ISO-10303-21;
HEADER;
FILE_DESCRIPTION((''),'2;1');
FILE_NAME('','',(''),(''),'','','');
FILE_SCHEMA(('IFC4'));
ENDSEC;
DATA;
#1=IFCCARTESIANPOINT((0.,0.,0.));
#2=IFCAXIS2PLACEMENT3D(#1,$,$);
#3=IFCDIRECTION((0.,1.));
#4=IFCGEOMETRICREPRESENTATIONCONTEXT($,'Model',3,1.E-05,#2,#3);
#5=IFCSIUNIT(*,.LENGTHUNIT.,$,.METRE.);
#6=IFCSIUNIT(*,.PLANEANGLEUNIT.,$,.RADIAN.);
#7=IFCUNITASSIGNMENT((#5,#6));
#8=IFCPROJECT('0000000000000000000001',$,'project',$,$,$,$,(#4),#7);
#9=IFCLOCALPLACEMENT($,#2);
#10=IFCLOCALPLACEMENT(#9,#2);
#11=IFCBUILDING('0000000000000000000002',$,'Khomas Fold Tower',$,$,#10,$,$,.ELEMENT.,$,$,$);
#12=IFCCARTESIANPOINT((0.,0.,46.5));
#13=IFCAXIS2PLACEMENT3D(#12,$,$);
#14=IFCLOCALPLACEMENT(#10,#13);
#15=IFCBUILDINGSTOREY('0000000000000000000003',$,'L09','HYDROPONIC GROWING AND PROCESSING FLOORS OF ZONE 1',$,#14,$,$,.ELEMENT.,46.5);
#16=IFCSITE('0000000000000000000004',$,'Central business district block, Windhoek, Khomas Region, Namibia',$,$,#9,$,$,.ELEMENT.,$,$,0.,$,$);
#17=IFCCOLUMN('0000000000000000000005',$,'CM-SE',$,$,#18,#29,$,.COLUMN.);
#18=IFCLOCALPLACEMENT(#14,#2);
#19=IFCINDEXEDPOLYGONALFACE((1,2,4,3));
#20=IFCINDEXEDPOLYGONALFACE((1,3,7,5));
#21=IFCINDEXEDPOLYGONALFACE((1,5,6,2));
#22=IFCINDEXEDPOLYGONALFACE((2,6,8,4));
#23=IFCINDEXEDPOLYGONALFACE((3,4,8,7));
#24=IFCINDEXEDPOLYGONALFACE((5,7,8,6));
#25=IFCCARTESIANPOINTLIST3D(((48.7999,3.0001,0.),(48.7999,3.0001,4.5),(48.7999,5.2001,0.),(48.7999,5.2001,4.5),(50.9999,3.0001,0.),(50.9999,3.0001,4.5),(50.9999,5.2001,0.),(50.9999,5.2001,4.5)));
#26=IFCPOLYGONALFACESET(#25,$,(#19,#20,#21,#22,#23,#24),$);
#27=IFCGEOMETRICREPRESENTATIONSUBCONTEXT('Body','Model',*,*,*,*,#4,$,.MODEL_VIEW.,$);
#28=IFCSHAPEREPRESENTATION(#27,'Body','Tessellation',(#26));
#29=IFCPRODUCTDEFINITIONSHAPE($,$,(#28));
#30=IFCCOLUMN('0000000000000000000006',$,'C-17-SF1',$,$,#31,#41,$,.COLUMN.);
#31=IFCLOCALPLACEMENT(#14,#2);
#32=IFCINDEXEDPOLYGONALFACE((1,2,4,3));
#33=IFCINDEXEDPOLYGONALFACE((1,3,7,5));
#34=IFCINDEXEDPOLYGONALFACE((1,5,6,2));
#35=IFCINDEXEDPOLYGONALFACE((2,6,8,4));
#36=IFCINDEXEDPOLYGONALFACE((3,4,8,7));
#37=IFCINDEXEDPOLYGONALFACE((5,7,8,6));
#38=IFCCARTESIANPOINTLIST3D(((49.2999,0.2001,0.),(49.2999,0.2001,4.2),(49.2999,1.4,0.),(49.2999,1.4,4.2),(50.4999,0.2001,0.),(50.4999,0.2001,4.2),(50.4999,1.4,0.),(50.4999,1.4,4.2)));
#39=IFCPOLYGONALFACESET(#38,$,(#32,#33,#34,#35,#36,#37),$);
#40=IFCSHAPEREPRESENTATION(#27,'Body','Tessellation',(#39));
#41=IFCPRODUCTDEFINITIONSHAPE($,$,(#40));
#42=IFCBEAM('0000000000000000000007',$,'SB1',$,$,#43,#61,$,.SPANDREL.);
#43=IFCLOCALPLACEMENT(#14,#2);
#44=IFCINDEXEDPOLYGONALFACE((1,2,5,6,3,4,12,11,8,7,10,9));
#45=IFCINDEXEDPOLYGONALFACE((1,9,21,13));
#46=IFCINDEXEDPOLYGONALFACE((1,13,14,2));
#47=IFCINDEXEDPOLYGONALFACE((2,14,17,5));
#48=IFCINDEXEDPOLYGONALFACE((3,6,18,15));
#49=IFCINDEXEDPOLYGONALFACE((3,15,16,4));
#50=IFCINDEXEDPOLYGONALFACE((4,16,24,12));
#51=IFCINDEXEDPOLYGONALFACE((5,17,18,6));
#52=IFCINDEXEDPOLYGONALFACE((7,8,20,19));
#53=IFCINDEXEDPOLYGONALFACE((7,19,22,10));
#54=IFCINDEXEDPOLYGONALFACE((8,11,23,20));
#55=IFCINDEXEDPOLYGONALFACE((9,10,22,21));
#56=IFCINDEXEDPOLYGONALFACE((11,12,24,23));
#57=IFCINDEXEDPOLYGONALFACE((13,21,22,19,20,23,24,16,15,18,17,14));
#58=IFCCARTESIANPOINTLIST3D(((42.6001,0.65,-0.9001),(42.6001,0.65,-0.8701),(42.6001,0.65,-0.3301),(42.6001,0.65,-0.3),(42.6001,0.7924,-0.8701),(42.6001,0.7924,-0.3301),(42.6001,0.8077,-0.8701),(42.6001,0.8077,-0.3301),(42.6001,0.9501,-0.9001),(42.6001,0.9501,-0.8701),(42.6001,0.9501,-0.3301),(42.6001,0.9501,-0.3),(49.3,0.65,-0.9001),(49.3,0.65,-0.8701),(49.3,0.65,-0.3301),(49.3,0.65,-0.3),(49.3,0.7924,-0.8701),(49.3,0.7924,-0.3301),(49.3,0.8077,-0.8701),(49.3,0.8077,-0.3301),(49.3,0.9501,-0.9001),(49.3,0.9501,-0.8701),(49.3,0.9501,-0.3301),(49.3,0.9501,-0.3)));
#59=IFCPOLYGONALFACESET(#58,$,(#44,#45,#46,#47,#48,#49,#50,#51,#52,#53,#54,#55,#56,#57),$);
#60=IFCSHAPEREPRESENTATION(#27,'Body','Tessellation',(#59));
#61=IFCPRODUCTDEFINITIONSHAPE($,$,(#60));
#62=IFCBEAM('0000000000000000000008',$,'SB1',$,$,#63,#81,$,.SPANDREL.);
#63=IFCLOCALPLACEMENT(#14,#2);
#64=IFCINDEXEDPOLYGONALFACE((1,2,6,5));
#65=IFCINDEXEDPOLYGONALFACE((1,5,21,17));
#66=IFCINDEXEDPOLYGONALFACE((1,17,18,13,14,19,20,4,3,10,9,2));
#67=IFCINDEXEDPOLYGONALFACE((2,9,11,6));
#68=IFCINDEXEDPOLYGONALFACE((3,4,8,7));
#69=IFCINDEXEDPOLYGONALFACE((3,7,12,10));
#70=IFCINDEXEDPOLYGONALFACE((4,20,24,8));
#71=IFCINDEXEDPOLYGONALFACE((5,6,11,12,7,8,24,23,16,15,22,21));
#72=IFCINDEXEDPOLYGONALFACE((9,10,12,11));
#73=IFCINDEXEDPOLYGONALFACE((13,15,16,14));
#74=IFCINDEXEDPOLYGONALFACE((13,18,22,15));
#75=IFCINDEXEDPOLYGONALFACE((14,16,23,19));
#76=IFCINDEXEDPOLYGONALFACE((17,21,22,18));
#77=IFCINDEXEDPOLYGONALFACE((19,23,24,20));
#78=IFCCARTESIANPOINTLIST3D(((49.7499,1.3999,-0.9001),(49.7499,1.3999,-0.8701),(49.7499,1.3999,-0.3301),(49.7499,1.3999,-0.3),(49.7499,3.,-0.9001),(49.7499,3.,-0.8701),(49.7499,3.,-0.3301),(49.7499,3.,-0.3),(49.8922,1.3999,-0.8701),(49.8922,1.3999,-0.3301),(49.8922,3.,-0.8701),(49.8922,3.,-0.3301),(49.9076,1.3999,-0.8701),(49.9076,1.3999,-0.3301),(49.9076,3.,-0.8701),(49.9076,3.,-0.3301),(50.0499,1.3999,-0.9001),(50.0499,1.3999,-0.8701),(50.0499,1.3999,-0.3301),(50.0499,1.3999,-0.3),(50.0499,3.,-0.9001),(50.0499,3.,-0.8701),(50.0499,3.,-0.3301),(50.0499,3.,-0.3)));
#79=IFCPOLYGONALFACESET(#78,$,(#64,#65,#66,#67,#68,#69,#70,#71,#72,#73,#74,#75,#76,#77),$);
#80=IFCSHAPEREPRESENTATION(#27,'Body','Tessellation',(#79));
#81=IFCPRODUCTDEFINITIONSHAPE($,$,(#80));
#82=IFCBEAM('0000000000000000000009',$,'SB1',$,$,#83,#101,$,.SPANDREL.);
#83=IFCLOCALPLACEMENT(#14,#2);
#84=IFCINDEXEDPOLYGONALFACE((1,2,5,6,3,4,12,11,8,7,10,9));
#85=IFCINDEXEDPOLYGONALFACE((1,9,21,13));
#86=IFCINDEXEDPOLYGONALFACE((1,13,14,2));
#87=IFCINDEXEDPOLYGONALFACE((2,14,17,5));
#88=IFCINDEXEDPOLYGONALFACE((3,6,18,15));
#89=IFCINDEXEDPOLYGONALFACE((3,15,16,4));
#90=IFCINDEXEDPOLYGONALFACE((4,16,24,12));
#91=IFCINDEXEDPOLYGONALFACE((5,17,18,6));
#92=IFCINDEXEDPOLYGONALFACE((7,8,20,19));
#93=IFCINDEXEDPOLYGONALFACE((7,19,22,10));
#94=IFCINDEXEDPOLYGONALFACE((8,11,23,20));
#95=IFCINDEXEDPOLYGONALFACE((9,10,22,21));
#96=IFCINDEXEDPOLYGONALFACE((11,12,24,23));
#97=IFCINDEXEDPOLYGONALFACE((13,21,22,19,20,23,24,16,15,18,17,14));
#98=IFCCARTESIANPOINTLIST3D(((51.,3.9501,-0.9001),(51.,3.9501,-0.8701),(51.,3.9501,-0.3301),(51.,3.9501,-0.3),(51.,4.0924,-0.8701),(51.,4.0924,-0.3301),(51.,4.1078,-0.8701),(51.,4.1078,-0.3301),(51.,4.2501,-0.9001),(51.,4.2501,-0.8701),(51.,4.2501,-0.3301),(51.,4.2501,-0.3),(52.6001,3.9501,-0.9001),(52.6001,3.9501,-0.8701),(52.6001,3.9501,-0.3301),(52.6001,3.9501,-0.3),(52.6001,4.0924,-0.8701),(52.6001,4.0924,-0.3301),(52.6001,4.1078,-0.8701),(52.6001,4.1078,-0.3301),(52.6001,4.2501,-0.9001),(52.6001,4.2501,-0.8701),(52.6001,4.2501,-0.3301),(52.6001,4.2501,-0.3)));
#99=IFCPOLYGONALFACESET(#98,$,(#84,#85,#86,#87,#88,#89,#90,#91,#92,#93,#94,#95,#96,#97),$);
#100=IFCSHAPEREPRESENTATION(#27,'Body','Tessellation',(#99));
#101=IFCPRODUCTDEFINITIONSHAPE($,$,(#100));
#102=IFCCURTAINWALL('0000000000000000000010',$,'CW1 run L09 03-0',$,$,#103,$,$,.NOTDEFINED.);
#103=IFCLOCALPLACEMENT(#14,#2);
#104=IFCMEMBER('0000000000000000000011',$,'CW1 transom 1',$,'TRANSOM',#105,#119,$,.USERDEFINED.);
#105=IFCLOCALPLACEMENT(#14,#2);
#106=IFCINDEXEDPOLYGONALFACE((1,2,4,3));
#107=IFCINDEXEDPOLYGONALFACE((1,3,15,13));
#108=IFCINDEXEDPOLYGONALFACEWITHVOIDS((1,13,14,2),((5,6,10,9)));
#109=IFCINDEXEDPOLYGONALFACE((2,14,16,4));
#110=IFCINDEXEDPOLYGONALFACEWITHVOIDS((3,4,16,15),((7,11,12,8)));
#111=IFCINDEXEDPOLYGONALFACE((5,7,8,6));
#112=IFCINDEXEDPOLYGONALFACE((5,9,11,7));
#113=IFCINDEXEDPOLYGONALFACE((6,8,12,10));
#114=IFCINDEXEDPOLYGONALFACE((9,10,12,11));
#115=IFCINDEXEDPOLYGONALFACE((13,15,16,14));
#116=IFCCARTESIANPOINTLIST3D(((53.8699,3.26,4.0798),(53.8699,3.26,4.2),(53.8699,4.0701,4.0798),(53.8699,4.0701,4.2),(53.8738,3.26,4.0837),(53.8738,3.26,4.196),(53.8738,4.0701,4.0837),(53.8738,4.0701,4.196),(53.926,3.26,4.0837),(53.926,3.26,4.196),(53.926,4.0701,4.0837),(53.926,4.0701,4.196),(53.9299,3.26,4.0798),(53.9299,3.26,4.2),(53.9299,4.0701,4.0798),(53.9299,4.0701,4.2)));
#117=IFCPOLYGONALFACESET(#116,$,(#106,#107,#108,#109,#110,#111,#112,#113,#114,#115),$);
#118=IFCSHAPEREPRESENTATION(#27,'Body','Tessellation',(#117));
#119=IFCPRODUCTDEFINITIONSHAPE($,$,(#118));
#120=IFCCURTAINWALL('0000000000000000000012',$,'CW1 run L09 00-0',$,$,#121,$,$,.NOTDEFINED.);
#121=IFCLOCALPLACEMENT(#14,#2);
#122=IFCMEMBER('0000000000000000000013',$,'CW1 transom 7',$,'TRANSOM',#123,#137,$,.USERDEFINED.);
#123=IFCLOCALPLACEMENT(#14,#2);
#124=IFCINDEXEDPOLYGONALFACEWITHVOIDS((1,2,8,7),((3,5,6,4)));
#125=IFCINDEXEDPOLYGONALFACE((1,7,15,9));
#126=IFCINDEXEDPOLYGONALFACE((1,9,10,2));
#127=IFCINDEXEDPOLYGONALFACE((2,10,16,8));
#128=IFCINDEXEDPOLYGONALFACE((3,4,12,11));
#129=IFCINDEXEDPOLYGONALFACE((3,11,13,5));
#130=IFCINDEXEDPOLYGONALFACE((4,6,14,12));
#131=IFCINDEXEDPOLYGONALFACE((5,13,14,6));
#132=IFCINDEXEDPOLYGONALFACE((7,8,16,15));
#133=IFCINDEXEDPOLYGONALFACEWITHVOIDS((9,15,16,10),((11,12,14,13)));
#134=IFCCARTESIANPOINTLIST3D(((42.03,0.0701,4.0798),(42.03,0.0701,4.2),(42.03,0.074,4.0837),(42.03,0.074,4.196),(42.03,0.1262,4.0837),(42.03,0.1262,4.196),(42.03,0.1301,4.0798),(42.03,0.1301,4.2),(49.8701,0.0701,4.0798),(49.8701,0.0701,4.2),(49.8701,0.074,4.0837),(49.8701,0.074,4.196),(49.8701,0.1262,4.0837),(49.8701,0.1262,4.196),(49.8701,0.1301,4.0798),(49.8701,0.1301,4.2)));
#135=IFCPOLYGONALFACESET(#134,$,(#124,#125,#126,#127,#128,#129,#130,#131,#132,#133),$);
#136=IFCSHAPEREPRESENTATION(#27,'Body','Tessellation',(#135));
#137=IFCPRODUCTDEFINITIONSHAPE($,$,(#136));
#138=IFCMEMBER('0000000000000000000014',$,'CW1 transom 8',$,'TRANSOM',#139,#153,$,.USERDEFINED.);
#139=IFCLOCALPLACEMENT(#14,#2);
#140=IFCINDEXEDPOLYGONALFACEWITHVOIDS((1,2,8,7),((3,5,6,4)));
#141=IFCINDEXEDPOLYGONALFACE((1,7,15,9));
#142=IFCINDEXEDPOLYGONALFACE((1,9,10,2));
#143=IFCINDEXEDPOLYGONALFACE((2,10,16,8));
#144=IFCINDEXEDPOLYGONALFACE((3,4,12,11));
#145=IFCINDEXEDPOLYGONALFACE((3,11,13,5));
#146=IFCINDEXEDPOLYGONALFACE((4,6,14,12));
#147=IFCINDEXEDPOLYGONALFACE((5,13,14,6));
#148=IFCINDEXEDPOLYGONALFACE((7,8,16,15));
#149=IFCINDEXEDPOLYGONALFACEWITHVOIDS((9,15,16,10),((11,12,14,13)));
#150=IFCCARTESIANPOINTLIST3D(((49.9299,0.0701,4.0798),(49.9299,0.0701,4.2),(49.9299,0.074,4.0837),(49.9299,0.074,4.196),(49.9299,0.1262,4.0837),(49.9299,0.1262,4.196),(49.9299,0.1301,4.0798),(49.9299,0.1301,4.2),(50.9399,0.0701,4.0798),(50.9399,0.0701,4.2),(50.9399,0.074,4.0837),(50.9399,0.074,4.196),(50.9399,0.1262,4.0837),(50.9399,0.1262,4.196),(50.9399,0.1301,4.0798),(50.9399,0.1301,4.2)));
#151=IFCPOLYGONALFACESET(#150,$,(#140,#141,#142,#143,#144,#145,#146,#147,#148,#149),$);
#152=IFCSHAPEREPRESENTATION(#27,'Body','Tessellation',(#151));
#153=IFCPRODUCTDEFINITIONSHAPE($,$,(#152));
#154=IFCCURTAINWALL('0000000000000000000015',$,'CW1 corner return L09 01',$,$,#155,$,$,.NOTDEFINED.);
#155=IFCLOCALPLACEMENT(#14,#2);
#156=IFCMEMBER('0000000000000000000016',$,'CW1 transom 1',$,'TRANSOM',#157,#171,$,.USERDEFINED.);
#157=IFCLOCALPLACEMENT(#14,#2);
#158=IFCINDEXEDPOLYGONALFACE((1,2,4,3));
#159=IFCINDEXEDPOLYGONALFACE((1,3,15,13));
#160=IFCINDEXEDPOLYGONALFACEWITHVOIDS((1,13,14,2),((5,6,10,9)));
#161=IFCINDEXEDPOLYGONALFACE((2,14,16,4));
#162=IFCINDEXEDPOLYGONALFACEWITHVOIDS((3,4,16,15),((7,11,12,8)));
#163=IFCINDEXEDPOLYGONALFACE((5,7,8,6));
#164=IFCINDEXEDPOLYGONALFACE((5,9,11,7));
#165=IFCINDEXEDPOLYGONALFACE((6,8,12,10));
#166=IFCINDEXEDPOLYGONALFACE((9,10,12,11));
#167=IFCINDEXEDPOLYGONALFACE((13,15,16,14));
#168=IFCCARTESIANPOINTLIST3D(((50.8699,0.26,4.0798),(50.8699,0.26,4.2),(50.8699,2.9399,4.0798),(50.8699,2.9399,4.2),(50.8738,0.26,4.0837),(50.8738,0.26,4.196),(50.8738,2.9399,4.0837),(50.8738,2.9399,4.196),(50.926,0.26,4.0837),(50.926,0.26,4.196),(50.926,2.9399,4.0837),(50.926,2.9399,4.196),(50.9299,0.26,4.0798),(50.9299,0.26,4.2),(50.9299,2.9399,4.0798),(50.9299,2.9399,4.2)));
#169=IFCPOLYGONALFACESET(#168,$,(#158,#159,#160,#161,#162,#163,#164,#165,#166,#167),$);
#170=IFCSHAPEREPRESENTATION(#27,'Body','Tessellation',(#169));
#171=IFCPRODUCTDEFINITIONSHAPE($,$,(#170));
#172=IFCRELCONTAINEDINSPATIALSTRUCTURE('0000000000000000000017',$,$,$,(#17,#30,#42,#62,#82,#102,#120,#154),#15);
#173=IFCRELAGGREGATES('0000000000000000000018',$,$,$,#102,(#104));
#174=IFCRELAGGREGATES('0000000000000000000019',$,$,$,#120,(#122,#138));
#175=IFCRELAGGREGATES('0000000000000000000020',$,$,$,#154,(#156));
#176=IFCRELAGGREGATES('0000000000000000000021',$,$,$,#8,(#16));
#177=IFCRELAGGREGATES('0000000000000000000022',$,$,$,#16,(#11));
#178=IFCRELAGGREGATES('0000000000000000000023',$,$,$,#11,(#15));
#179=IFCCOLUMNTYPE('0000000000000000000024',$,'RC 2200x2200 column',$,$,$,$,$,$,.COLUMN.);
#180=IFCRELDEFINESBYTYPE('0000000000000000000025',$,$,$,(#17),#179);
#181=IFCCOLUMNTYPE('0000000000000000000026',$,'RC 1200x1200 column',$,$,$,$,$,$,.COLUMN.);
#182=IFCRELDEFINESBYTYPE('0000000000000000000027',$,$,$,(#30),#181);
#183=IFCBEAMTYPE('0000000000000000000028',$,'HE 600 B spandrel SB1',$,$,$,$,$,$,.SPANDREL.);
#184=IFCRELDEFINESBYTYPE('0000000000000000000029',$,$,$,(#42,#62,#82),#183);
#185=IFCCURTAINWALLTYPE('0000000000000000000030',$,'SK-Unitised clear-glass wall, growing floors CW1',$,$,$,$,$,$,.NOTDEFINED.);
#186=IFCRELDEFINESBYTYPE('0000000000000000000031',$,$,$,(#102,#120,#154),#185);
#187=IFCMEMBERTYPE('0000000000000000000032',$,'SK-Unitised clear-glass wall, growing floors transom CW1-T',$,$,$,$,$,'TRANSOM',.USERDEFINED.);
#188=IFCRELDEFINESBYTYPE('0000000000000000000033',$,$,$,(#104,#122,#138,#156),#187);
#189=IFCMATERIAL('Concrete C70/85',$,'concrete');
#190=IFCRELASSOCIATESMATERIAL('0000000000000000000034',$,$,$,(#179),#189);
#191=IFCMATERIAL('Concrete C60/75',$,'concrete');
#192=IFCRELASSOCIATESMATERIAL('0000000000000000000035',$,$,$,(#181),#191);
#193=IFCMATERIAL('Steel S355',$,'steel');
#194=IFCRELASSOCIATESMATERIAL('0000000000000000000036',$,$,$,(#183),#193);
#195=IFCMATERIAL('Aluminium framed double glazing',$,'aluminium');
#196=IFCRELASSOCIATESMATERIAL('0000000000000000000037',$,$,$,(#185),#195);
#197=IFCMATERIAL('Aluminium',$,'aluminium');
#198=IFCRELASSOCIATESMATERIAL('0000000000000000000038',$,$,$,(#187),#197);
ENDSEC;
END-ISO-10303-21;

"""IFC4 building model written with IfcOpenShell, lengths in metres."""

from ifc_helpers import new_model, si_unit, direction, frame, origin, origin_2d, place, context, subcontext, project, spatial, rectangle, hollow_rectangle, i_section, extrude, source, transform, mapped, material, material_profile, profile_set, type_object, element, aggregate, save


model = new_model("IFC4")

# Units and contexts
model_context = context("Model", 3, precision=1e-05, world=origin(), true_north=direction((0.0, 1.0)))
body_context = subcontext(model_context, "Body", "Model", "MODEL_VIEW")
ifc_project = project(units=[si_unit("LENGTHUNIT", "METRE"), si_unit("PLANEANGLEUNIT", "RADIAN")], contexts=[model_context])

# Site, building, storey
site_placement = place(None, origin())
site = spatial("IfcSite", under=ifc_project, at=site_placement, Name="Central business district block, Windhoek, Khomas Region, Namibia", CompositionType="ELEMENT", RefElevation=0.0)
building_placement = place(site_placement, origin())
building = spatial("IfcBuilding", under=site, at=building_placement, Name="Khomas Fold Tower", CompositionType="ELEMENT")
storey_placement = place(building_placement, frame((0.0, 0.0, 46.5)))
storey = spatial("IfcBuildingStorey", under=building, at=storey_placement, Name="L09", Description="HYDROPONIC GROWING AND PROCESSING FLOORS OF ZONE 1", CompositionType="ELEMENT", Elevation=46.5)

# Columns
ifc_material_1 = material(Name="Concrete C70/85", Category="concrete")
ifc_material_profile_1 = material_profile(ifc_material_1, rectangle(XDim=2.2, YDim=2.2, at=origin_2d()), Name="RC 2200x2200")
ifc_profile_set_1 = profile_set([ifc_material_profile_1], Name="Concrete C70/85")
column_type_1 = type_object("IfcColumnType", Name="RC 2200x2200 column", PredefinedType="COLUMN", material=ifc_profile_set_1)
shared_shape_1 = source(origin(), body_context, "Body", "SweptSolid", [
    extrude(rectangle(XDim=2.2, YDim=2.2, at=origin_2d()), origin(), (0.0, 0.0, 1.0), 4.5),
])
column_1_placement = place(storey_placement, frame((49.8999, 4.1001, 0.0), z_axis=(0.0, 0.0, 1.0), x_axis=(1.0, 0.0, 0.0)))
element("IfcColumn", 1, at=column_1_placement, inside=storey, type_object=column_type_1, Name="CM-SE", PredefinedType="COLUMN", context=body_context, shape_type="MappedRepresentation", body=[
    mapped(shared_shape_1, transform((0.0, 0.0, 0.0))),
])
ifc_material_2 = material(Name="Concrete C60/75", Category="concrete")
ifc_material_profile_2 = material_profile(ifc_material_2, rectangle(XDim=1.2, YDim=1.2, at=origin_2d()), Name="RC 1200x1200")
ifc_profile_set_2 = profile_set([ifc_material_profile_2], Name="Concrete C60/75")
column_type_2 = type_object("IfcColumnType", Name="RC 1200x1200 column", PredefinedType="COLUMN", material=ifc_profile_set_2)
shared_shape_2 = source(origin(), body_context, "Body", "SweptSolid", [
    extrude(rectangle(XDim=1.2, YDim=1.2, at=origin_2d()), origin(), (0.0, 0.0, 1.0), 4.2),
])
column_2_placement = place(storey_placement, frame((49.8999, 0.8, 0.0), z_axis=(0.0, 0.0, 1.0), x_axis=(1.0, 0.0, 0.0)))
element("IfcColumn", 2, at=column_2_placement, inside=storey, type_object=column_type_2, Name="C-17-SF1", PredefinedType="COLUMN", context=body_context, shape_type="MappedRepresentation", body=[
    mapped(shared_shape_2, transform((0.0, 0.0, 0.0))),
])

# Beams
ifc_material_3 = material(Name="Steel S355", Category="steel")
ifc_material_profile_3 = material_profile(ifc_material_3, i_section(OverallWidth=0.3, OverallDepth=0.6001, WebThickness=0.0154, FlangeThickness=0.03, at=origin_2d()), Name="HE 600 B")
ifc_profile_set_3 = profile_set([ifc_material_profile_3], Name="Steel S355")
beam_type = type_object("IfcBeamType", Name="HE 600 B spandrel SB1", PredefinedType="SPANDREL", material=ifc_profile_set_3)
shared_shape_3 = source(origin(), body_context, "Body", "SweptSolid", [
    extrude(i_section(OverallWidth=0.3, OverallDepth=0.6001, WebThickness=0.0154, FlangeThickness=0.03, at=origin_2d()), origin(), (0.0, 0.0, 1.0), 6.7),
])
beam_placement = place(storey_placement, frame((42.6001, 0.8, -0.6001), z_axis=(1.0, 0.0, 0.0), x_axis=(0.0, 1.0, 0.0)))
element("IfcBeam", 3, at=beam_placement, inside=storey, type_object=beam_type, Name="SB1", PredefinedType="SPANDREL", context=body_context, shape_type="MappedRepresentation", body=[
    mapped(shared_shape_3, transform((0.0, 0.0, 0.0))),
])
shared_shape_4 = source(origin(), body_context, "Body", "SweptSolid", [
    extrude(i_section(OverallWidth=0.3, OverallDepth=0.6001, WebThickness=0.0154, FlangeThickness=0.03, at=origin_2d()), origin(), (0.0, 0.0, 1.0), 1.6001),
])
for number, where, z_axis, x_axis, name in (
    (4, (49.8999, 1.3999, -0.6001), (0.0, 1.0, 0.0), (-1.0, 0.0, 0.0), "SB1"),
    (5, (51.0, 4.1001, -0.6001), (1.0, 0.0, 0.0), (0.0, 1.0, 0.0), "SB1"),
):
    element("IfcBeam", number, at=place(storey_placement, frame(where, z_axis=z_axis, x_axis=x_axis)), inside=storey, type_object=beam_type, Name=name, PredefinedType="SPANDREL", context=body_context, shape_type="MappedRepresentation", body=[
        mapped(shared_shape_4, transform((0.0, 0.0, 0.0))),
    ])

# Curtain wall, member
ifc_material_4 = material(Name="Aluminium framed double glazing", Category="aluminium")
curtain_wall_type = type_object("IfcCurtainWallType", Name="SK-Unitised clear-glass wall, growing floors CW1", PredefinedType="NOTDEFINED", material=ifc_material_4)
curtain_wall_1_placement = place(storey_placement, origin())
curtain_wall_1 = element("IfcCurtainWall", 6, at=curtain_wall_1_placement, inside=storey, type_object=curtain_wall_type, Name="CW1 run L09 03-0", PredefinedType="NOTDEFINED")
ifc_material_5 = material(Name="Aluminium", Category="aluminium")
ifc_material_profile_4 = material_profile(ifc_material_5, hollow_rectangle(XDim=0.0601, YDim=0.1201, WallThickness=0.0039, at=origin_2d()), Name="SK-Unitised clear-glass wall, growing floors transom CW1-T")
ifc_profile_set_4 = profile_set([ifc_material_profile_4], Name="Aluminium")
member_type_1 = type_object("IfcMemberType", Name="SK-Unitised clear-glass wall, growing floors transom CW1-T", ElementType="TRANSOM", PredefinedType="USERDEFINED", material=ifc_profile_set_4)
shared_shape_5 = source(origin(), body_context, "Body", "SweptSolid", [
    extrude(hollow_rectangle(XDim=0.0601, YDim=0.1201, WallThickness=0.0039, at=origin_2d()), origin(), (0.0, 0.0, 1.0), 0.8101),
])
member_1_placement = place(storey_placement, frame((53.8999, 3.26, 4.1399), z_axis=(0.0, 1.0, 0.0), x_axis=(-1.0, 0.0, 0.0)))
member_1 = element("IfcMember", 7, at=member_1_placement, type_object=member_type_1, Name="CW1 transom 1", ObjectType="TRANSOM", PredefinedType="USERDEFINED", context=body_context, shape_type="MappedRepresentation", body=[
    mapped(shared_shape_5, transform((0.0, 0.0, 0.0))),
])

# Curtain wall, members
curtain_wall_2_placement = place(storey_placement, origin())
curtain_wall_2 = element("IfcCurtainWall", 8, at=curtain_wall_2_placement, inside=storey, type_object=curtain_wall_type, Name="CW1 run L09 00-0", PredefinedType="NOTDEFINED")
shared_shape_6 = source(origin(), body_context, "Body", "SweptSolid", [
    extrude(hollow_rectangle(XDim=0.0601, YDim=0.1201, WallThickness=0.0039, at=origin_2d()), origin(), (0.0, 0.0, 1.0), 7.8401),
])
member_2_placement = place(storey_placement, frame((42.03, 0.1001, 4.1399), z_axis=(1.0, 0.0, 0.0), x_axis=(0.0, 1.0, 0.0)))
member_2 = element("IfcMember", 9, at=member_2_placement, type_object=member_type_1, Name="CW1 transom 7", ObjectType="TRANSOM", PredefinedType="USERDEFINED", context=body_context, shape_type="MappedRepresentation", body=[
    mapped(shared_shape_6, transform((0.0, 0.0, 0.0))),
])
shared_shape_7 = source(origin(), body_context, "Body", "SweptSolid", [
    extrude(hollow_rectangle(XDim=0.0601, YDim=0.1201, WallThickness=0.0039, at=origin_2d()), origin(), (0.0, 0.0, 1.0), 1.01),
])
member_3_placement = place(storey_placement, frame((49.9299, 0.1001, 4.1399), z_axis=(1.0, 0.0, 0.0), x_axis=(0.0, 1.0, 0.0)))
member_3 = element("IfcMember", 10, at=member_3_placement, type_object=member_type_1, Name="CW1 transom 8", ObjectType="TRANSOM", PredefinedType="USERDEFINED", context=body_context, shape_type="MappedRepresentation", body=[
    mapped(shared_shape_7, transform((0.0, 0.0, 0.0))),
])

# Curtain wall, member
curtain_wall_3_placement = place(storey_placement, origin())
curtain_wall_3 = element("IfcCurtainWall", 11, at=curtain_wall_3_placement, inside=storey, type_object=curtain_wall_type, Name="CW1 corner return L09 01", PredefinedType="NOTDEFINED")
shared_shape_8 = source(origin(), body_context, "Body", "SweptSolid", [
    extrude(hollow_rectangle(XDim=0.0601, YDim=0.1201, WallThickness=0.0039, at=origin_2d()), origin(), (0.0, 0.0, 1.0), 2.6799),
])
member_4_placement = place(storey_placement, frame((50.8999, 0.26, 4.1399), z_axis=(0.0, 1.0, 0.0), x_axis=(-1.0, 0.0, 0.0)))
member_4 = element("IfcMember", 12, at=member_4_placement, type_object=member_type_1, Name="CW1 transom 1", ObjectType="TRANSOM", PredefinedType="USERDEFINED", context=body_context, shape_type="MappedRepresentation", body=[
    mapped(shared_shape_8, transform((0.0, 0.0, 0.0))),
])

aggregate(curtain_wall_1, [member_1])
aggregate(curtain_wall_2, [member_2, member_3])
aggregate(curtain_wall_3, [member_4])

save(model, "model.ifc")
